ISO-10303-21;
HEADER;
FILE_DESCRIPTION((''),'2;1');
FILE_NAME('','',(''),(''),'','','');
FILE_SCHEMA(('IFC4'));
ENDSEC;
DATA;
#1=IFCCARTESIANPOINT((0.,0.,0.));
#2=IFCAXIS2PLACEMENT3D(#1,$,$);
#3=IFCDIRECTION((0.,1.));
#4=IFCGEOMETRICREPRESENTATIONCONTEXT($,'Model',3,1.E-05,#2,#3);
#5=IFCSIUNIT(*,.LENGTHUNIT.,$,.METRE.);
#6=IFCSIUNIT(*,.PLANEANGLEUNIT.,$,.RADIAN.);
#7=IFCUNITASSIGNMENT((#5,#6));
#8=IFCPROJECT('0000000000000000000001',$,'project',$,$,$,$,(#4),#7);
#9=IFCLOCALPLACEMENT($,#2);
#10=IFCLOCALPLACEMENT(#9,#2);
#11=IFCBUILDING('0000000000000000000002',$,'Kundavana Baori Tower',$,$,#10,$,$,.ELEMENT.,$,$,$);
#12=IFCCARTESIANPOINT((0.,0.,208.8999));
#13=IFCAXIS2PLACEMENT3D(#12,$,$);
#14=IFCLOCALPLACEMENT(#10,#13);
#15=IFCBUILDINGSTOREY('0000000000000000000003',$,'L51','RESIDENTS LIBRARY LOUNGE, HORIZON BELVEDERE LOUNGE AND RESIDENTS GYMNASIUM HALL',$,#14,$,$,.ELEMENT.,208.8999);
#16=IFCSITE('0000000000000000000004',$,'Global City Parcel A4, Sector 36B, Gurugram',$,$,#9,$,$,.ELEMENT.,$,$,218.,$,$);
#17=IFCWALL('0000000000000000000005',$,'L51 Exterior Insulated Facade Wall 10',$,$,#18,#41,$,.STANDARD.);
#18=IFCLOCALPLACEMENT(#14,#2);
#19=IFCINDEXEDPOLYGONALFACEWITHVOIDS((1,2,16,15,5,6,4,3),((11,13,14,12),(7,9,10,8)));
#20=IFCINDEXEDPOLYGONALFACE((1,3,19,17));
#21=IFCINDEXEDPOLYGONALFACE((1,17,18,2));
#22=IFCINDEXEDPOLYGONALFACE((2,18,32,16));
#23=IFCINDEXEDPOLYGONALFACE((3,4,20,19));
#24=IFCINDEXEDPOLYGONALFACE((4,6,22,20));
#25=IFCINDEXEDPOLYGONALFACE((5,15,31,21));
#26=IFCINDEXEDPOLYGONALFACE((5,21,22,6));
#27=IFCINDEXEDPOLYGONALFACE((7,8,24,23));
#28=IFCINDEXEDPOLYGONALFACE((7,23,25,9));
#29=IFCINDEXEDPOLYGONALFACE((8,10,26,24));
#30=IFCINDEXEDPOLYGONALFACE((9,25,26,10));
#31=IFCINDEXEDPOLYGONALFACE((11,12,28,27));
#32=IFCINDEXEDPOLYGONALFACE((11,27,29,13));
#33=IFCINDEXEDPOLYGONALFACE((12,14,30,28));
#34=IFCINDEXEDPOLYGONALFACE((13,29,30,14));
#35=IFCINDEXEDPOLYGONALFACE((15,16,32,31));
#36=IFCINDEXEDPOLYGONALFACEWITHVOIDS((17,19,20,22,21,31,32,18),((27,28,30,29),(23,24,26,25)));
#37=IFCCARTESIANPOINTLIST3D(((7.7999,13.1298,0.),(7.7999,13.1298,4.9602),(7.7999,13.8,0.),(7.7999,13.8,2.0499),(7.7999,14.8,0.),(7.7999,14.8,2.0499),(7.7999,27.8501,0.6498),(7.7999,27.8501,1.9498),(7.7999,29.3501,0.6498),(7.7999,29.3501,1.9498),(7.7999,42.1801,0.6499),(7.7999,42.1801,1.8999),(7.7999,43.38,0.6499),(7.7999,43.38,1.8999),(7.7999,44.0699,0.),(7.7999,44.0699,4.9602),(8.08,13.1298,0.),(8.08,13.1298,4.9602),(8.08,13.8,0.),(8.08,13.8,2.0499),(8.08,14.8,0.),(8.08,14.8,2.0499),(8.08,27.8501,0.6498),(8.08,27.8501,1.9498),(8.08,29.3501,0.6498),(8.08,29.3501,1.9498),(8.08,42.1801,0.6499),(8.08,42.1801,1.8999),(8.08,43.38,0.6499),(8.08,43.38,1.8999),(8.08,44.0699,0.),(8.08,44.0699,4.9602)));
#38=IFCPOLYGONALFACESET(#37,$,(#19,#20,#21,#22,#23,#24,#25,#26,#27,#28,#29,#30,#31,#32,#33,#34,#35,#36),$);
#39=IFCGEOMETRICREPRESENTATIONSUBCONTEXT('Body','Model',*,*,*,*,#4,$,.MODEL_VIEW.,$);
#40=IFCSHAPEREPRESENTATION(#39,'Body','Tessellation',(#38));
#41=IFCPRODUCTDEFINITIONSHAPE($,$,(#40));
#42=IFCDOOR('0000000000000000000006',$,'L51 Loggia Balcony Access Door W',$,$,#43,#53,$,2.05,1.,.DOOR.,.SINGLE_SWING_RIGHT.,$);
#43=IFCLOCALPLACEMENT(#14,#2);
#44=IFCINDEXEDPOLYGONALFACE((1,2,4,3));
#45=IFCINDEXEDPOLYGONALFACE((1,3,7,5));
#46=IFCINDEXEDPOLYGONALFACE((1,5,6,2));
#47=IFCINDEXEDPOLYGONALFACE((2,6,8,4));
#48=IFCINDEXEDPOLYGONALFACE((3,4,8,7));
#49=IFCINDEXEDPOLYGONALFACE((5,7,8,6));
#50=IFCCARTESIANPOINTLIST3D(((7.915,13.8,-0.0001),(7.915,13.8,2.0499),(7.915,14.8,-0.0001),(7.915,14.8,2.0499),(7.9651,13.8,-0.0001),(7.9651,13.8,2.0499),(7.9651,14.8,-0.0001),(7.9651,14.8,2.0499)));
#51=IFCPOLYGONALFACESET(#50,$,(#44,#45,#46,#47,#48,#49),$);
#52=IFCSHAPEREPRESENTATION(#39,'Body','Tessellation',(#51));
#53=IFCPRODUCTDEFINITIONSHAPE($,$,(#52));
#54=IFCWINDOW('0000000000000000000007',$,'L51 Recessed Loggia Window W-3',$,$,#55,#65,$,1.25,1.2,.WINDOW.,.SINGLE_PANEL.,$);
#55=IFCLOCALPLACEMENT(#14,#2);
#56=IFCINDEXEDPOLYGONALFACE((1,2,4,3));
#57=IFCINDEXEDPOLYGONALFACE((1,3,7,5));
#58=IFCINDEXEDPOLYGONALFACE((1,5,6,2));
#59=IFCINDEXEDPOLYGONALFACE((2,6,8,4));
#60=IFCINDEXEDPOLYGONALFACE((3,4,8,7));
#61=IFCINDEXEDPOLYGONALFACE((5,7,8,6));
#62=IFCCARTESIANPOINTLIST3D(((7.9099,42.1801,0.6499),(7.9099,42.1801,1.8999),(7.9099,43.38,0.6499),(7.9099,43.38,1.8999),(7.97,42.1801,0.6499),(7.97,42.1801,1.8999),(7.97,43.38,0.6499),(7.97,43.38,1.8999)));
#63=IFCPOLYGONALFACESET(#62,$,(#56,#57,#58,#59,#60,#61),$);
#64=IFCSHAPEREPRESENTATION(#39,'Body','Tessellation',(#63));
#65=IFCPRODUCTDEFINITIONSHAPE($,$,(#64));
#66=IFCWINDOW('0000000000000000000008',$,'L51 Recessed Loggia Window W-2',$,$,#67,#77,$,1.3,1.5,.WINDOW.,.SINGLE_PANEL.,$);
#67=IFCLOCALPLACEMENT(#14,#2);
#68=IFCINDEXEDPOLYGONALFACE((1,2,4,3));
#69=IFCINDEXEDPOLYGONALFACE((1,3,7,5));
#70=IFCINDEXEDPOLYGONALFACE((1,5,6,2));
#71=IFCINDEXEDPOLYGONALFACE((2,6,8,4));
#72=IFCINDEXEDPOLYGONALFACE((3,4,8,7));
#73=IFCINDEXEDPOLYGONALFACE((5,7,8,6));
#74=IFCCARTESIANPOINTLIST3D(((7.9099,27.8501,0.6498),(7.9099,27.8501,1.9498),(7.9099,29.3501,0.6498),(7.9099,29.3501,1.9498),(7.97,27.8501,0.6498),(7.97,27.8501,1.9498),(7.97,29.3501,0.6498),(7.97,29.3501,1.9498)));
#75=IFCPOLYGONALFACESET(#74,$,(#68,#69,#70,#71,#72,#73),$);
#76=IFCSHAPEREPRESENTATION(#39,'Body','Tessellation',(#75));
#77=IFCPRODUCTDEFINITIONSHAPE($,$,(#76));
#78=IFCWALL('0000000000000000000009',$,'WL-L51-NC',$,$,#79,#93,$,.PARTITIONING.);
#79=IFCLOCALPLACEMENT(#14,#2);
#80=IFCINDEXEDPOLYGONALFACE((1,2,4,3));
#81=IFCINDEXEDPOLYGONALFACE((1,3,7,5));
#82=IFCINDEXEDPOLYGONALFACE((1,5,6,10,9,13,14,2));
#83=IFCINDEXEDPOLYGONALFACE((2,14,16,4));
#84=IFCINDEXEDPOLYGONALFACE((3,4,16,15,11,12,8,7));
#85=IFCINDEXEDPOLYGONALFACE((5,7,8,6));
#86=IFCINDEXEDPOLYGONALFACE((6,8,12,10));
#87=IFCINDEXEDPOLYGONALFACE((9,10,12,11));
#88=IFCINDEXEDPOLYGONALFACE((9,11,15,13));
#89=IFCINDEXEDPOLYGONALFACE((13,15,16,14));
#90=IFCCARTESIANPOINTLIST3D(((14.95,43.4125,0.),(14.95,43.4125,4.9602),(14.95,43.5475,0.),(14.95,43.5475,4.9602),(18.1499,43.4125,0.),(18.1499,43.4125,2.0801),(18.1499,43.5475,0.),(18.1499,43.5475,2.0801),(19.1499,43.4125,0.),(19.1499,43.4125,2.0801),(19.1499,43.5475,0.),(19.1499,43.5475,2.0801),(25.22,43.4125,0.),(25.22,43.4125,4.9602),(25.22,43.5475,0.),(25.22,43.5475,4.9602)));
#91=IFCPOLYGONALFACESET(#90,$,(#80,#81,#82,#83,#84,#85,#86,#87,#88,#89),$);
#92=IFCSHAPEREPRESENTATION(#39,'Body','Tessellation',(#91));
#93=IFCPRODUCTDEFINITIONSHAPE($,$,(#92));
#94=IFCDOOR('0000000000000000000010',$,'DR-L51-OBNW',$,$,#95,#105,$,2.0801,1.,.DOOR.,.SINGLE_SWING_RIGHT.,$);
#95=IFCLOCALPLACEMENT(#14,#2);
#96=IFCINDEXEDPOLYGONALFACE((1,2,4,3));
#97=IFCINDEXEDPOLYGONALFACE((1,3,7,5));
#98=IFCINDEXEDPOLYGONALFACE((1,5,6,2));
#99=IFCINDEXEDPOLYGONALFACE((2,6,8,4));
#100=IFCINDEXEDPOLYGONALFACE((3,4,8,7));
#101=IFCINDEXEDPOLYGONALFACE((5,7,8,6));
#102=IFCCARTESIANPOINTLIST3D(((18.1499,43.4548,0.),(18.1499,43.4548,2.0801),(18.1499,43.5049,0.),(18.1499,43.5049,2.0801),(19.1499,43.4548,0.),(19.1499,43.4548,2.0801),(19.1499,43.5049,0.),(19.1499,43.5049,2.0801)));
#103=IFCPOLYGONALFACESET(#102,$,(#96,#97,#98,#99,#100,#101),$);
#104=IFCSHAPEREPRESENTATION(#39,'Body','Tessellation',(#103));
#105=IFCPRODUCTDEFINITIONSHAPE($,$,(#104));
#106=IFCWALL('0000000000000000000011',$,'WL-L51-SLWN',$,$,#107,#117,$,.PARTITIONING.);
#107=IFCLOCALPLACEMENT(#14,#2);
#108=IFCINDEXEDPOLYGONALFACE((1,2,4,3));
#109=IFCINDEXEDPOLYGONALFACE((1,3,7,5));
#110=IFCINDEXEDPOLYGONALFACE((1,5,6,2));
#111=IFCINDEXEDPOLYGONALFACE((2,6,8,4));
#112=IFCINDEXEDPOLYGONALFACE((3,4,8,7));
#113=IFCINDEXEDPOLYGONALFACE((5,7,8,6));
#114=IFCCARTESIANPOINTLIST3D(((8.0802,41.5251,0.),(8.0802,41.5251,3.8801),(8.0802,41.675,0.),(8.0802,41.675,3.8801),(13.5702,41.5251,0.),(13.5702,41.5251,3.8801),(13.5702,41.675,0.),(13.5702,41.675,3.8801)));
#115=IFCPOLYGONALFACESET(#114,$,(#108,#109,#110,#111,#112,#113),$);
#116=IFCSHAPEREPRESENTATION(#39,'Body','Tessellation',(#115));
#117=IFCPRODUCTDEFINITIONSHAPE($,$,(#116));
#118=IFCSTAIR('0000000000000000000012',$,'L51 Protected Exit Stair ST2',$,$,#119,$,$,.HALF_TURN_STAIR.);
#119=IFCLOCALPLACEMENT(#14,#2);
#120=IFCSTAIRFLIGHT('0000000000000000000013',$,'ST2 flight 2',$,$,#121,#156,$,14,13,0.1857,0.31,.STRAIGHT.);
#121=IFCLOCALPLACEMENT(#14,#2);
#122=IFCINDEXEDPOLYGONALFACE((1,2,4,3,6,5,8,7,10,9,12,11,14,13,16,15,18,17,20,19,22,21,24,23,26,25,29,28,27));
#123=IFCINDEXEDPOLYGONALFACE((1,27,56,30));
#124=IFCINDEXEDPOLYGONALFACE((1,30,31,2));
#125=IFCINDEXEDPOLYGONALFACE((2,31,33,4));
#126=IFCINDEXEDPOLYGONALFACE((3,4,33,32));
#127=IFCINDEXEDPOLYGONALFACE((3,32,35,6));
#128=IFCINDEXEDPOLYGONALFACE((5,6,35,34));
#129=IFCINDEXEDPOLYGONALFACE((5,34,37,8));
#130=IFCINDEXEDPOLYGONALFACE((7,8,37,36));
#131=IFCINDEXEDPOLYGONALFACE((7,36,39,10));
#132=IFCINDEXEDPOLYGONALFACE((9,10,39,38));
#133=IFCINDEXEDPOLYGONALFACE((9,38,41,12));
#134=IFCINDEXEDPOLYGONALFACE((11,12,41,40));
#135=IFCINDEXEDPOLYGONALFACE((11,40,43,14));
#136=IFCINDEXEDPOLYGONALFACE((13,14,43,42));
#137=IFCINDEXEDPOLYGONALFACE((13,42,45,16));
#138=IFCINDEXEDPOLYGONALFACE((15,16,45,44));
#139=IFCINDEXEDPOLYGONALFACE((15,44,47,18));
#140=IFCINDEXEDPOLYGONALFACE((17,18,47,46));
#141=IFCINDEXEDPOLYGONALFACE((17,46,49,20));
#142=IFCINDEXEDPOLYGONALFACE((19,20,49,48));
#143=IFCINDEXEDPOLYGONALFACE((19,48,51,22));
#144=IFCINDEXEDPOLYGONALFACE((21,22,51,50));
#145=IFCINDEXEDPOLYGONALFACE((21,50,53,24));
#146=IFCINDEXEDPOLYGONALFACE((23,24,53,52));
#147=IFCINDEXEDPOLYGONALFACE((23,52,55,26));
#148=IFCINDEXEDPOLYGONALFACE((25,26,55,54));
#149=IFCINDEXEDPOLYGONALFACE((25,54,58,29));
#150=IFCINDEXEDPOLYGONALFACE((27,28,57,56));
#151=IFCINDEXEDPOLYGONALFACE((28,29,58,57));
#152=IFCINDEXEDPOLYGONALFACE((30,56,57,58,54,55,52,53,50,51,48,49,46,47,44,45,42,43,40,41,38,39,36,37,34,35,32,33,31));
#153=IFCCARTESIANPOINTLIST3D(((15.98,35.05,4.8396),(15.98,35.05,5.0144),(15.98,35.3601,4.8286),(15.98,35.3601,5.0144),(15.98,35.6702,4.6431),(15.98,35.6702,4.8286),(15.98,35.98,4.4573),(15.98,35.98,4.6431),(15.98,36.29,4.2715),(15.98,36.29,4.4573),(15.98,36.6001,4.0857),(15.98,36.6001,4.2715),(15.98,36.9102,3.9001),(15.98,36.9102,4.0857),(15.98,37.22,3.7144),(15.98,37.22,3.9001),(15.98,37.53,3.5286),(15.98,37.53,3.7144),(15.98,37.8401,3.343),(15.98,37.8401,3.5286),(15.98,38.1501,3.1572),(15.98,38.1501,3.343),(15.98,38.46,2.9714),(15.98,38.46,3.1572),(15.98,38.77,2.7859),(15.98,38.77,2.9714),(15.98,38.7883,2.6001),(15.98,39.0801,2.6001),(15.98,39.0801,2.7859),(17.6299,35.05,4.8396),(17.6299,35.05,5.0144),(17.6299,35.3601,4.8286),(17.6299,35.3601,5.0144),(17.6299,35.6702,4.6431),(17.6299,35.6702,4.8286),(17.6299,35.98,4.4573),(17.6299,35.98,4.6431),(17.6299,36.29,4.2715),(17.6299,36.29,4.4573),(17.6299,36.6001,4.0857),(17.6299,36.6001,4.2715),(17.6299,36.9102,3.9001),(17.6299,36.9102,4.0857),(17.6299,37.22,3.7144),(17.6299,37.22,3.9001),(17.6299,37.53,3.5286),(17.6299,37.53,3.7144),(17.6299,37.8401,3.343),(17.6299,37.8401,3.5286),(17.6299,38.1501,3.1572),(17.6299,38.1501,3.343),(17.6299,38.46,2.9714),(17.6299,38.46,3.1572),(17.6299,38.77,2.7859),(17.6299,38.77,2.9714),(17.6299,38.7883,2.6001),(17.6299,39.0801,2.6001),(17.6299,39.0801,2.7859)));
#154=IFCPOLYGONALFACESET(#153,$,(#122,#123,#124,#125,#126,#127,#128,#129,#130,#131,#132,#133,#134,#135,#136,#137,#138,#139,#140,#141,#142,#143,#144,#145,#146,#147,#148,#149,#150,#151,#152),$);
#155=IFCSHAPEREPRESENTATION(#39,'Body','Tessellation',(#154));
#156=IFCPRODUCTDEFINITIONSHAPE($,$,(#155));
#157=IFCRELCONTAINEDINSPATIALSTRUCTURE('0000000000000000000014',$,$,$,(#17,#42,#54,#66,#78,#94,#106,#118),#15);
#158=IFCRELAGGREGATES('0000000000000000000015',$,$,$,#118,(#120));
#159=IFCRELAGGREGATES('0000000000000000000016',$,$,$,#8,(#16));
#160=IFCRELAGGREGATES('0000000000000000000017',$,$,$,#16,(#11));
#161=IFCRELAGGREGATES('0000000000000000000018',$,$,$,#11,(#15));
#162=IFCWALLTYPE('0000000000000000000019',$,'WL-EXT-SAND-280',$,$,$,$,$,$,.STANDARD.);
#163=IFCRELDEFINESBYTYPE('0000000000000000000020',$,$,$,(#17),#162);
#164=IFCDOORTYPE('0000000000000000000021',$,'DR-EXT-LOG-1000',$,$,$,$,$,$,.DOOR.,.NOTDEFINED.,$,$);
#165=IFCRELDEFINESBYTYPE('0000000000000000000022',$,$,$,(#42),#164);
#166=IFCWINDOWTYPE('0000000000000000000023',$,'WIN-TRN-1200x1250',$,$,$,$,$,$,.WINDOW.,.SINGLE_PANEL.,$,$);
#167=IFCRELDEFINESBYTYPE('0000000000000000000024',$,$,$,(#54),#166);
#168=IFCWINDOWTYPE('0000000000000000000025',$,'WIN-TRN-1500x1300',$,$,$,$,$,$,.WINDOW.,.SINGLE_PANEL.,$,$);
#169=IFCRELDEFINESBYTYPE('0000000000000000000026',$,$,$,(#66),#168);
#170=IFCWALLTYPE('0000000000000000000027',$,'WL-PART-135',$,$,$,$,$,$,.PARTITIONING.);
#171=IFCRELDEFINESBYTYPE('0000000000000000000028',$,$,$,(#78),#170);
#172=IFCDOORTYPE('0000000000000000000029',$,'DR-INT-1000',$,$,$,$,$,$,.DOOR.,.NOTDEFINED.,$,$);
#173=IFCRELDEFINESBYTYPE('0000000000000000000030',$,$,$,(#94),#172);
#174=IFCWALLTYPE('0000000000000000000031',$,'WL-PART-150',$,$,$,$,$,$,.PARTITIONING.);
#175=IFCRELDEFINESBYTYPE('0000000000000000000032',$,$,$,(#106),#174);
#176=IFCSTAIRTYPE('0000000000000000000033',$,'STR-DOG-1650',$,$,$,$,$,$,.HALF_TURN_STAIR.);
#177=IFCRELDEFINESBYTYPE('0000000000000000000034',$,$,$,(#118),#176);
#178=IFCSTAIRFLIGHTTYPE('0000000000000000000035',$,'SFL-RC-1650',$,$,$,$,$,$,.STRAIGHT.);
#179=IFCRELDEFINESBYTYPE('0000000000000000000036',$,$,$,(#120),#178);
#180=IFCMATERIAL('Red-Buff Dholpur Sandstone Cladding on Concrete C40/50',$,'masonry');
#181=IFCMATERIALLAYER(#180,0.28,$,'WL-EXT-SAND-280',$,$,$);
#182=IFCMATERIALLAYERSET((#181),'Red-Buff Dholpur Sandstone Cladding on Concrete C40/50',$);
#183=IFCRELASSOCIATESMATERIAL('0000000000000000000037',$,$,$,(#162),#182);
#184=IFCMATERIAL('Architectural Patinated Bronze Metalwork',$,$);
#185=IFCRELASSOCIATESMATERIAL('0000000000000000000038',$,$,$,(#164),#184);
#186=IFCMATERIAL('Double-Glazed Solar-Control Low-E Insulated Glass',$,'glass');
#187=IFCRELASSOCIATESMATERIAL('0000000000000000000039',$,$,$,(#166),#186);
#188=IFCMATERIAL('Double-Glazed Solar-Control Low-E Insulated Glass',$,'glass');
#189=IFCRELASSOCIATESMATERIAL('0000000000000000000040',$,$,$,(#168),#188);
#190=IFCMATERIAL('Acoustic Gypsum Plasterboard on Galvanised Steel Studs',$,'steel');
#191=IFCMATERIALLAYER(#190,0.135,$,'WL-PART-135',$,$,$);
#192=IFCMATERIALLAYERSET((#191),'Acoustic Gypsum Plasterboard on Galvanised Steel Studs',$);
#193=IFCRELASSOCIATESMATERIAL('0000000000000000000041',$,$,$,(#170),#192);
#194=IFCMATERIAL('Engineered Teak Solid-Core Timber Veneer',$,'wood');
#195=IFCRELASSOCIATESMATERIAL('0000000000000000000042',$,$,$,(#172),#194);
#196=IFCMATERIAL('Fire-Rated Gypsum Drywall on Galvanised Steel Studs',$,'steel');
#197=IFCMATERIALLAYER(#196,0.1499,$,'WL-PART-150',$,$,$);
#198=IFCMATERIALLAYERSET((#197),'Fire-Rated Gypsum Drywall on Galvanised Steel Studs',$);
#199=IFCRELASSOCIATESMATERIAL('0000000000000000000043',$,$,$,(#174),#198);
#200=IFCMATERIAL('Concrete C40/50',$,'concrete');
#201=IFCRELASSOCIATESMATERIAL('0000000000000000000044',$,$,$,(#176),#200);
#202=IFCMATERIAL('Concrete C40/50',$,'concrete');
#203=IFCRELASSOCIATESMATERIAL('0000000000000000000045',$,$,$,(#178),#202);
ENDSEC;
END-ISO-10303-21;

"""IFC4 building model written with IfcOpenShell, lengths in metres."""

from ifc_helpers import new_model, si_unit, direction, frame, frame_2d, origin, place, context, subcontext, project, spatial, polyline, rectangle, outline, extrude, material, layer, layer_set, type_object, element, fill, aggregate, save


model = new_model("IFC4")

# Units and contexts
model_context = context("Model", 3, precision=1e-05, world=origin(), true_north=direction((0.0, 1.0)))
body_context = subcontext(model_context, "Body", "Model", "MODEL_VIEW")
ifc_project = project(units=[si_unit("LENGTHUNIT", "METRE"), si_unit("PLANEANGLEUNIT", "RADIAN")], contexts=[model_context])

# Site, building, storey
site_placement = place(None, origin())
site = spatial("IfcSite", under=ifc_project, at=site_placement, Name="Global City Parcel A4, Sector 36B, Gurugram", CompositionType="ELEMENT", RefElevation=218.0)
building_placement = place(site_placement, origin())
building = spatial("IfcBuilding", under=site, at=building_placement, Name="Kundavana Baori Tower", CompositionType="ELEMENT")
storey_placement = place(building_placement, frame((0.0, 0.0, 208.8999)))
storey = spatial("IfcBuildingStorey", under=building, at=storey_placement, Name="L51", Description="RESIDENTS LIBRARY LOUNGE, HORIZON BELVEDERE LOUNGE AND RESIDENTS GYMNASIUM HALL", CompositionType="ELEMENT", Elevation=208.8999)

# Shared definitions
ifc_material_1 = material(Name="Red-Buff Dholpur Sandstone Cladding on Concrete C40/50", Category="masonry")
ifc_layer_1 = layer(ifc_material_1, 0.28, Name="WL-EXT-SAND-280")
ifc_layer_set_1 = layer_set([ifc_layer_1], Name="Red-Buff Dholpur Sandstone Cladding on Concrete C40/50")
wall_type_1 = type_object("IfcWallType", Name="WL-EXT-SAND-280", PredefinedType="STANDARD", material=ifc_layer_set_1)

# Wall, openings, door, windows
wall_1_placement = place(storey_placement, frame((7.9399, 44.0701, 0.0), z_axis=(0.0, 0.0, 1.0), x_axis=(0.0, -1.0, 0.0)))
wall_1 = element("IfcWall", 1, at=wall_1_placement, inside=storey, type_object=wall_type_1, Name="L51 Exterior Insulated Facade Wall 10", PredefinedType="STANDARD", context=body_context, shape_type="SweptSolid", body=[
    extrude(rectangle(XDim=30.9402, YDim=0.28, at=frame_2d((15.4702, 0.0))), origin(), (0.0, 0.0, 1.0), 4.9602),
])
opening_1_placement = place(wall_1_placement, frame((29.27, 0.0, 0.0)))
opening_1 = element("IfcOpeningElement", 2, at=opening_1_placement, cuts=wall_1, PredefinedType="OPENING", context=body_context, shape_type="SweptSolid", body=[
    extrude(rectangle(XDim=1.0, YDim=2.05, at=frame_2d((0.5, 1.0249))), frame((0.0, 0.1499, 0.0), z_axis=(0.0, -1.0, 0.0), x_axis=(1.0, 0.0, 0.0)), (0.0, 0.0, 1.0), 0.3),
])
opening_2_placement = place(wall_1_placement, frame((14.72, 0.0, 0.6499)))
opening_2 = element("IfcOpeningElement", 3, at=opening_2_placement, cuts=wall_1, PredefinedType="OPENING", context=body_context, shape_type="SweptSolid", body=[
    extrude(rectangle(XDim=1.5, YDim=1.3, at=frame_2d((0.75, 0.6499))), frame((0.0, 0.1499, 0.0), z_axis=(0.0, -1.0, 0.0), x_axis=(1.0, 0.0, 0.0)), (0.0, 0.0, 1.0), 0.3),
])
opening_3_placement = place(wall_1_placement, frame((0.6899, 0.0, 0.6499)))
opening_3 = element("IfcOpeningElement", 4, at=opening_3_placement, cuts=wall_1, PredefinedType="OPENING", context=body_context, shape_type="SweptSolid", body=[
    extrude(rectangle(XDim=1.2, YDim=1.25, at=frame_2d((0.6001, 0.625))), frame((0.0, 0.1499, 0.0), z_axis=(0.0, -1.0, 0.0), x_axis=(1.0, 0.0, 0.0)), (0.0, 0.0, 1.0), 0.3),
])
ifc_material_2 = material(Name="Architectural Patinated Bronze Metalwork")
door_type_1 = type_object("IfcDoorType", Name="DR-EXT-LOG-1000", OperationType="NOTDEFINED", PredefinedType="DOOR", material=ifc_material_2)
door_1_placement = place(opening_1_placement, frame((1.0, 0.0, 0.0), z_axis=(0.0, 0.0, 1.0), x_axis=(-1.0, 0.0, 0.0)))
door_1 = element("IfcDoor", 5, at=door_1_placement, inside=storey, type_object=door_type_1, Name="L51 Loggia Balcony Access Door W", OperationType="SINGLE_SWING_RIGHT", OverallHeight=2.05, OverallWidth=1.0, PredefinedType="DOOR", context=body_context, shape_type="SweptSolid", body=[
    extrude(rectangle(XDim=1.0, YDim=2.05, at=frame_2d((0.5, 1.0249))), frame((0.0, 0.0249, 0.0), z_axis=(0.0, -1.0, 0.0), x_axis=(1.0, 0.0, 0.0)), (0.0, 0.0, 1.0), 0.05),
])
fill(opening_1, door_1)
ifc_material_3 = material(Name="Double-Glazed Solar-Control Low-E Insulated Glass", Category="glass")
window_type_1 = type_object("IfcWindowType", Name="WIN-TRN-1200x1250", PartitioningType="SINGLE_PANEL", PredefinedType="WINDOW", material=ifc_material_3)
window_1_placement = place(opening_3_placement, origin())
window_1 = element("IfcWindow", 6, at=window_1_placement, inside=storey, type_object=window_type_1, Name="L51 Recessed Loggia Window W-3", OverallHeight=1.25, OverallWidth=1.2, PartitioningType="SINGLE_PANEL", PredefinedType="WINDOW", context=body_context, shape_type="SweptSolid", body=[
    extrude(rectangle(XDim=1.2, YDim=1.25, at=frame_2d((0.6001, 0.625))), frame((0.0, 0.03, 0.0), z_axis=(0.0, -1.0, 0.0), x_axis=(1.0, 0.0, 0.0)), (0.0, 0.0, 1.0), 0.0601),
])
fill(opening_3, window_1)
ifc_material_4 = material(Name="Double-Glazed Solar-Control Low-E Insulated Glass", Category="glass")
window_type_2 = type_object("IfcWindowType", Name="WIN-TRN-1500x1300", PartitioningType="SINGLE_PANEL", PredefinedType="WINDOW", material=ifc_material_4)
window_2_placement = place(opening_2_placement, origin())
window_2 = element("IfcWindow", 7, at=window_2_placement, inside=storey, type_object=window_type_2, Name="L51 Recessed Loggia Window W-2", OverallHeight=1.3, OverallWidth=1.5, PartitioningType="SINGLE_PANEL", PredefinedType="WINDOW", context=body_context, shape_type="SweptSolid", body=[
    extrude(rectangle(XDim=1.5, YDim=1.3, at=frame_2d((0.75, 0.6499))), frame((0.0, 0.03, 0.0), z_axis=(0.0, -1.0, 0.0), x_axis=(1.0, 0.0, 0.0)), (0.0, 0.0, 1.0), 0.0601),
])
fill(opening_2, window_2)

# Wall, opening, door
ifc_material_5 = material(Name="Acoustic Gypsum Plasterboard on Galvanised Steel Studs", Category="steel")
ifc_layer_2 = layer(ifc_material_5, 0.135, Name="WL-PART-135")
ifc_layer_set_2 = layer_set([ifc_layer_2], Name="Acoustic Gypsum Plasterboard on Galvanised Steel Studs")
wall_type_2 = type_object("IfcWallType", Name="WL-PART-135", PredefinedType="PARTITIONING", material=ifc_layer_set_2)
wall_2_placement = place(storey_placement, frame((14.95, 43.48, 0.0), z_axis=(0.0, 0.0, 1.0), x_axis=(1.0, 0.0, 0.0)))
wall_2 = element("IfcWall", 8, at=wall_2_placement, inside=storey, type_object=wall_type_2, Name="WL-L51-NC", PredefinedType="PARTITIONING", context=body_context, shape_type="SweptSolid", body=[
    extrude(rectangle(XDim=10.27, YDim=0.135, at=frame_2d((5.135, 0.0))), origin(), (0.0, 0.0, 1.0), 4.9602),
])
opening_4_placement = place(wall_2_placement, frame((3.2, 0.0, 0.0)))
opening_4 = element("IfcOpeningElement", 9, at=opening_4_placement, cuts=wall_2, PredefinedType="OPENING", context=body_context, shape_type="SweptSolid", body=[
    extrude(rectangle(XDim=1.0, YDim=2.0801, at=frame_2d((0.5, 1.04))), frame((0.0, 0.0776, 0.0), z_axis=(0.0, -1.0, 0.0), x_axis=(1.0, 0.0, 0.0)), (0.0, 0.0, 1.0), 0.155),
])
ifc_material_6 = material(Name="Engineered Teak Solid-Core Timber Veneer", Category="wood")
door_type_2 = type_object("IfcDoorType", Name="DR-INT-1000", OperationType="NOTDEFINED", PredefinedType="DOOR", material=ifc_material_6)
door_2_placement = place(opening_4_placement, origin())
door_2 = element("IfcDoor", 10, at=door_2_placement, inside=storey, type_object=door_type_2, Name="DR-L51-OBNW", OperationType="SINGLE_SWING_RIGHT", OverallHeight=2.0801, OverallWidth=1.0, PredefinedType="DOOR", context=body_context, shape_type="SweptSolid", body=[
    extrude(rectangle(XDim=1.0, YDim=2.0801, at=frame_2d((0.5, 1.04))), frame((0.0, 0.0249, 0.0), z_axis=(0.0, -1.0, 0.0), x_axis=(1.0, 0.0, 0.0)), (0.0, 0.0, 1.0), 0.05),
])
fill(opening_4, door_2)

# Wall
ifc_material_7 = material(Name="Fire-Rated Gypsum Drywall on Galvanised Steel Studs", Category="steel")
ifc_layer_3 = layer(ifc_material_7, 0.1499, Name="WL-PART-150")
ifc_layer_set_3 = layer_set([ifc_layer_3], Name="Fire-Rated Gypsum Drywall on Galvanised Steel Studs")
wall_type_3 = type_object("IfcWallType", Name="WL-PART-150", PredefinedType="PARTITIONING", material=ifc_layer_set_3)
wall_3_placement = place(storey_placement, frame((8.0801, 41.6001, 0.0), z_axis=(0.0, 0.0, 1.0), x_axis=(1.0, 0.0, 0.0)))
element("IfcWall", 11, at=wall_3_placement, inside=storey, type_object=wall_type_3, Name="WL-L51-SLWN", PredefinedType="PARTITIONING", context=body_context, shape_type="SweptSolid", body=[
    extrude(rectangle(XDim=5.49, YDim=0.1499, at=frame_2d((2.7451, 0.0))), origin(), (0.0, 0.0, 1.0), 3.8801),
])

# Stair, stair flight
ifc_material_8 = material(Name="Concrete C40/50", Category="concrete")
stair_type = type_object("IfcStairType", Name="STR-DOG-1650", PredefinedType="HALF_TURN_STAIR", material=ifc_material_8)
stair_placement = place(storey_placement, origin())
stair = element("IfcStair", 12, at=stair_placement, inside=storey, type_object=stair_type, Name="L51 Protected Exit Stair ST2", PredefinedType="HALF_TURN_STAIR")
ifc_material_9 = material(Name="Concrete C40/50", Category="concrete")
stair_flight_type = type_object("IfcStairFlightType", Name="SFL-RC-1650", PredefinedType="STRAIGHT", material=ifc_material_9)
stair_flight_placement = place(storey_placement, frame((16.8049, 39.0801, 2.6001), z_axis=(0.0, 0.0, 1.0), x_axis=(0.0, -1.0, 0.0)))
stair_flight = element("IfcStairFlight", 13, at=stair_flight_placement, type_object=stair_flight_type, Name="ST2 flight 2", NumberOfRisers=14, NumberOfTreads=13, PredefinedType="STRAIGHT", RiserHeight=0.1857, TreadLength=0.31, context=body_context, shape_type="SweptSolid", body=[
    extrude(outline(polyline([(0.0, 0.0), (0.0, 0.1858), (0.3101, 0.1858), (0.3101, 0.3713), (0.6201, 0.3713), (0.6201, 0.5571), (0.9299, 0.5571), (0.9299, 0.7429), (1.24, 0.7429), (1.24, 0.9285), (1.55, 0.9285), (1.55, 1.1143), (1.8601, 1.1143), (1.8601, 1.3), (2.1699, 1.3), (2.1699, 1.4856), (2.48, 1.4856), (2.48, 1.6714), (2.79, 1.6714), (2.79, 1.8572), (3.1001, 1.8572), (3.1001, 2.043), (3.4099, 2.043), (3.4099, 2.2285), (3.72, 2.2285), (3.72, 2.4143), (4.03, 2.4143), (4.03, 2.6001), (4.03, 2.2395), (0.2917, 0.0), (0.0, 0.0)])), frame((0.0, 0.825, 0.0), z_axis=(0.0, -1.0, 0.0), x_axis=(1.0, 0.0, 0.0)), (0.0, 0.0, 1.0), 1.6499),
])
aggregate(stair, [stair_flight])

save(model, "model.ifc")
